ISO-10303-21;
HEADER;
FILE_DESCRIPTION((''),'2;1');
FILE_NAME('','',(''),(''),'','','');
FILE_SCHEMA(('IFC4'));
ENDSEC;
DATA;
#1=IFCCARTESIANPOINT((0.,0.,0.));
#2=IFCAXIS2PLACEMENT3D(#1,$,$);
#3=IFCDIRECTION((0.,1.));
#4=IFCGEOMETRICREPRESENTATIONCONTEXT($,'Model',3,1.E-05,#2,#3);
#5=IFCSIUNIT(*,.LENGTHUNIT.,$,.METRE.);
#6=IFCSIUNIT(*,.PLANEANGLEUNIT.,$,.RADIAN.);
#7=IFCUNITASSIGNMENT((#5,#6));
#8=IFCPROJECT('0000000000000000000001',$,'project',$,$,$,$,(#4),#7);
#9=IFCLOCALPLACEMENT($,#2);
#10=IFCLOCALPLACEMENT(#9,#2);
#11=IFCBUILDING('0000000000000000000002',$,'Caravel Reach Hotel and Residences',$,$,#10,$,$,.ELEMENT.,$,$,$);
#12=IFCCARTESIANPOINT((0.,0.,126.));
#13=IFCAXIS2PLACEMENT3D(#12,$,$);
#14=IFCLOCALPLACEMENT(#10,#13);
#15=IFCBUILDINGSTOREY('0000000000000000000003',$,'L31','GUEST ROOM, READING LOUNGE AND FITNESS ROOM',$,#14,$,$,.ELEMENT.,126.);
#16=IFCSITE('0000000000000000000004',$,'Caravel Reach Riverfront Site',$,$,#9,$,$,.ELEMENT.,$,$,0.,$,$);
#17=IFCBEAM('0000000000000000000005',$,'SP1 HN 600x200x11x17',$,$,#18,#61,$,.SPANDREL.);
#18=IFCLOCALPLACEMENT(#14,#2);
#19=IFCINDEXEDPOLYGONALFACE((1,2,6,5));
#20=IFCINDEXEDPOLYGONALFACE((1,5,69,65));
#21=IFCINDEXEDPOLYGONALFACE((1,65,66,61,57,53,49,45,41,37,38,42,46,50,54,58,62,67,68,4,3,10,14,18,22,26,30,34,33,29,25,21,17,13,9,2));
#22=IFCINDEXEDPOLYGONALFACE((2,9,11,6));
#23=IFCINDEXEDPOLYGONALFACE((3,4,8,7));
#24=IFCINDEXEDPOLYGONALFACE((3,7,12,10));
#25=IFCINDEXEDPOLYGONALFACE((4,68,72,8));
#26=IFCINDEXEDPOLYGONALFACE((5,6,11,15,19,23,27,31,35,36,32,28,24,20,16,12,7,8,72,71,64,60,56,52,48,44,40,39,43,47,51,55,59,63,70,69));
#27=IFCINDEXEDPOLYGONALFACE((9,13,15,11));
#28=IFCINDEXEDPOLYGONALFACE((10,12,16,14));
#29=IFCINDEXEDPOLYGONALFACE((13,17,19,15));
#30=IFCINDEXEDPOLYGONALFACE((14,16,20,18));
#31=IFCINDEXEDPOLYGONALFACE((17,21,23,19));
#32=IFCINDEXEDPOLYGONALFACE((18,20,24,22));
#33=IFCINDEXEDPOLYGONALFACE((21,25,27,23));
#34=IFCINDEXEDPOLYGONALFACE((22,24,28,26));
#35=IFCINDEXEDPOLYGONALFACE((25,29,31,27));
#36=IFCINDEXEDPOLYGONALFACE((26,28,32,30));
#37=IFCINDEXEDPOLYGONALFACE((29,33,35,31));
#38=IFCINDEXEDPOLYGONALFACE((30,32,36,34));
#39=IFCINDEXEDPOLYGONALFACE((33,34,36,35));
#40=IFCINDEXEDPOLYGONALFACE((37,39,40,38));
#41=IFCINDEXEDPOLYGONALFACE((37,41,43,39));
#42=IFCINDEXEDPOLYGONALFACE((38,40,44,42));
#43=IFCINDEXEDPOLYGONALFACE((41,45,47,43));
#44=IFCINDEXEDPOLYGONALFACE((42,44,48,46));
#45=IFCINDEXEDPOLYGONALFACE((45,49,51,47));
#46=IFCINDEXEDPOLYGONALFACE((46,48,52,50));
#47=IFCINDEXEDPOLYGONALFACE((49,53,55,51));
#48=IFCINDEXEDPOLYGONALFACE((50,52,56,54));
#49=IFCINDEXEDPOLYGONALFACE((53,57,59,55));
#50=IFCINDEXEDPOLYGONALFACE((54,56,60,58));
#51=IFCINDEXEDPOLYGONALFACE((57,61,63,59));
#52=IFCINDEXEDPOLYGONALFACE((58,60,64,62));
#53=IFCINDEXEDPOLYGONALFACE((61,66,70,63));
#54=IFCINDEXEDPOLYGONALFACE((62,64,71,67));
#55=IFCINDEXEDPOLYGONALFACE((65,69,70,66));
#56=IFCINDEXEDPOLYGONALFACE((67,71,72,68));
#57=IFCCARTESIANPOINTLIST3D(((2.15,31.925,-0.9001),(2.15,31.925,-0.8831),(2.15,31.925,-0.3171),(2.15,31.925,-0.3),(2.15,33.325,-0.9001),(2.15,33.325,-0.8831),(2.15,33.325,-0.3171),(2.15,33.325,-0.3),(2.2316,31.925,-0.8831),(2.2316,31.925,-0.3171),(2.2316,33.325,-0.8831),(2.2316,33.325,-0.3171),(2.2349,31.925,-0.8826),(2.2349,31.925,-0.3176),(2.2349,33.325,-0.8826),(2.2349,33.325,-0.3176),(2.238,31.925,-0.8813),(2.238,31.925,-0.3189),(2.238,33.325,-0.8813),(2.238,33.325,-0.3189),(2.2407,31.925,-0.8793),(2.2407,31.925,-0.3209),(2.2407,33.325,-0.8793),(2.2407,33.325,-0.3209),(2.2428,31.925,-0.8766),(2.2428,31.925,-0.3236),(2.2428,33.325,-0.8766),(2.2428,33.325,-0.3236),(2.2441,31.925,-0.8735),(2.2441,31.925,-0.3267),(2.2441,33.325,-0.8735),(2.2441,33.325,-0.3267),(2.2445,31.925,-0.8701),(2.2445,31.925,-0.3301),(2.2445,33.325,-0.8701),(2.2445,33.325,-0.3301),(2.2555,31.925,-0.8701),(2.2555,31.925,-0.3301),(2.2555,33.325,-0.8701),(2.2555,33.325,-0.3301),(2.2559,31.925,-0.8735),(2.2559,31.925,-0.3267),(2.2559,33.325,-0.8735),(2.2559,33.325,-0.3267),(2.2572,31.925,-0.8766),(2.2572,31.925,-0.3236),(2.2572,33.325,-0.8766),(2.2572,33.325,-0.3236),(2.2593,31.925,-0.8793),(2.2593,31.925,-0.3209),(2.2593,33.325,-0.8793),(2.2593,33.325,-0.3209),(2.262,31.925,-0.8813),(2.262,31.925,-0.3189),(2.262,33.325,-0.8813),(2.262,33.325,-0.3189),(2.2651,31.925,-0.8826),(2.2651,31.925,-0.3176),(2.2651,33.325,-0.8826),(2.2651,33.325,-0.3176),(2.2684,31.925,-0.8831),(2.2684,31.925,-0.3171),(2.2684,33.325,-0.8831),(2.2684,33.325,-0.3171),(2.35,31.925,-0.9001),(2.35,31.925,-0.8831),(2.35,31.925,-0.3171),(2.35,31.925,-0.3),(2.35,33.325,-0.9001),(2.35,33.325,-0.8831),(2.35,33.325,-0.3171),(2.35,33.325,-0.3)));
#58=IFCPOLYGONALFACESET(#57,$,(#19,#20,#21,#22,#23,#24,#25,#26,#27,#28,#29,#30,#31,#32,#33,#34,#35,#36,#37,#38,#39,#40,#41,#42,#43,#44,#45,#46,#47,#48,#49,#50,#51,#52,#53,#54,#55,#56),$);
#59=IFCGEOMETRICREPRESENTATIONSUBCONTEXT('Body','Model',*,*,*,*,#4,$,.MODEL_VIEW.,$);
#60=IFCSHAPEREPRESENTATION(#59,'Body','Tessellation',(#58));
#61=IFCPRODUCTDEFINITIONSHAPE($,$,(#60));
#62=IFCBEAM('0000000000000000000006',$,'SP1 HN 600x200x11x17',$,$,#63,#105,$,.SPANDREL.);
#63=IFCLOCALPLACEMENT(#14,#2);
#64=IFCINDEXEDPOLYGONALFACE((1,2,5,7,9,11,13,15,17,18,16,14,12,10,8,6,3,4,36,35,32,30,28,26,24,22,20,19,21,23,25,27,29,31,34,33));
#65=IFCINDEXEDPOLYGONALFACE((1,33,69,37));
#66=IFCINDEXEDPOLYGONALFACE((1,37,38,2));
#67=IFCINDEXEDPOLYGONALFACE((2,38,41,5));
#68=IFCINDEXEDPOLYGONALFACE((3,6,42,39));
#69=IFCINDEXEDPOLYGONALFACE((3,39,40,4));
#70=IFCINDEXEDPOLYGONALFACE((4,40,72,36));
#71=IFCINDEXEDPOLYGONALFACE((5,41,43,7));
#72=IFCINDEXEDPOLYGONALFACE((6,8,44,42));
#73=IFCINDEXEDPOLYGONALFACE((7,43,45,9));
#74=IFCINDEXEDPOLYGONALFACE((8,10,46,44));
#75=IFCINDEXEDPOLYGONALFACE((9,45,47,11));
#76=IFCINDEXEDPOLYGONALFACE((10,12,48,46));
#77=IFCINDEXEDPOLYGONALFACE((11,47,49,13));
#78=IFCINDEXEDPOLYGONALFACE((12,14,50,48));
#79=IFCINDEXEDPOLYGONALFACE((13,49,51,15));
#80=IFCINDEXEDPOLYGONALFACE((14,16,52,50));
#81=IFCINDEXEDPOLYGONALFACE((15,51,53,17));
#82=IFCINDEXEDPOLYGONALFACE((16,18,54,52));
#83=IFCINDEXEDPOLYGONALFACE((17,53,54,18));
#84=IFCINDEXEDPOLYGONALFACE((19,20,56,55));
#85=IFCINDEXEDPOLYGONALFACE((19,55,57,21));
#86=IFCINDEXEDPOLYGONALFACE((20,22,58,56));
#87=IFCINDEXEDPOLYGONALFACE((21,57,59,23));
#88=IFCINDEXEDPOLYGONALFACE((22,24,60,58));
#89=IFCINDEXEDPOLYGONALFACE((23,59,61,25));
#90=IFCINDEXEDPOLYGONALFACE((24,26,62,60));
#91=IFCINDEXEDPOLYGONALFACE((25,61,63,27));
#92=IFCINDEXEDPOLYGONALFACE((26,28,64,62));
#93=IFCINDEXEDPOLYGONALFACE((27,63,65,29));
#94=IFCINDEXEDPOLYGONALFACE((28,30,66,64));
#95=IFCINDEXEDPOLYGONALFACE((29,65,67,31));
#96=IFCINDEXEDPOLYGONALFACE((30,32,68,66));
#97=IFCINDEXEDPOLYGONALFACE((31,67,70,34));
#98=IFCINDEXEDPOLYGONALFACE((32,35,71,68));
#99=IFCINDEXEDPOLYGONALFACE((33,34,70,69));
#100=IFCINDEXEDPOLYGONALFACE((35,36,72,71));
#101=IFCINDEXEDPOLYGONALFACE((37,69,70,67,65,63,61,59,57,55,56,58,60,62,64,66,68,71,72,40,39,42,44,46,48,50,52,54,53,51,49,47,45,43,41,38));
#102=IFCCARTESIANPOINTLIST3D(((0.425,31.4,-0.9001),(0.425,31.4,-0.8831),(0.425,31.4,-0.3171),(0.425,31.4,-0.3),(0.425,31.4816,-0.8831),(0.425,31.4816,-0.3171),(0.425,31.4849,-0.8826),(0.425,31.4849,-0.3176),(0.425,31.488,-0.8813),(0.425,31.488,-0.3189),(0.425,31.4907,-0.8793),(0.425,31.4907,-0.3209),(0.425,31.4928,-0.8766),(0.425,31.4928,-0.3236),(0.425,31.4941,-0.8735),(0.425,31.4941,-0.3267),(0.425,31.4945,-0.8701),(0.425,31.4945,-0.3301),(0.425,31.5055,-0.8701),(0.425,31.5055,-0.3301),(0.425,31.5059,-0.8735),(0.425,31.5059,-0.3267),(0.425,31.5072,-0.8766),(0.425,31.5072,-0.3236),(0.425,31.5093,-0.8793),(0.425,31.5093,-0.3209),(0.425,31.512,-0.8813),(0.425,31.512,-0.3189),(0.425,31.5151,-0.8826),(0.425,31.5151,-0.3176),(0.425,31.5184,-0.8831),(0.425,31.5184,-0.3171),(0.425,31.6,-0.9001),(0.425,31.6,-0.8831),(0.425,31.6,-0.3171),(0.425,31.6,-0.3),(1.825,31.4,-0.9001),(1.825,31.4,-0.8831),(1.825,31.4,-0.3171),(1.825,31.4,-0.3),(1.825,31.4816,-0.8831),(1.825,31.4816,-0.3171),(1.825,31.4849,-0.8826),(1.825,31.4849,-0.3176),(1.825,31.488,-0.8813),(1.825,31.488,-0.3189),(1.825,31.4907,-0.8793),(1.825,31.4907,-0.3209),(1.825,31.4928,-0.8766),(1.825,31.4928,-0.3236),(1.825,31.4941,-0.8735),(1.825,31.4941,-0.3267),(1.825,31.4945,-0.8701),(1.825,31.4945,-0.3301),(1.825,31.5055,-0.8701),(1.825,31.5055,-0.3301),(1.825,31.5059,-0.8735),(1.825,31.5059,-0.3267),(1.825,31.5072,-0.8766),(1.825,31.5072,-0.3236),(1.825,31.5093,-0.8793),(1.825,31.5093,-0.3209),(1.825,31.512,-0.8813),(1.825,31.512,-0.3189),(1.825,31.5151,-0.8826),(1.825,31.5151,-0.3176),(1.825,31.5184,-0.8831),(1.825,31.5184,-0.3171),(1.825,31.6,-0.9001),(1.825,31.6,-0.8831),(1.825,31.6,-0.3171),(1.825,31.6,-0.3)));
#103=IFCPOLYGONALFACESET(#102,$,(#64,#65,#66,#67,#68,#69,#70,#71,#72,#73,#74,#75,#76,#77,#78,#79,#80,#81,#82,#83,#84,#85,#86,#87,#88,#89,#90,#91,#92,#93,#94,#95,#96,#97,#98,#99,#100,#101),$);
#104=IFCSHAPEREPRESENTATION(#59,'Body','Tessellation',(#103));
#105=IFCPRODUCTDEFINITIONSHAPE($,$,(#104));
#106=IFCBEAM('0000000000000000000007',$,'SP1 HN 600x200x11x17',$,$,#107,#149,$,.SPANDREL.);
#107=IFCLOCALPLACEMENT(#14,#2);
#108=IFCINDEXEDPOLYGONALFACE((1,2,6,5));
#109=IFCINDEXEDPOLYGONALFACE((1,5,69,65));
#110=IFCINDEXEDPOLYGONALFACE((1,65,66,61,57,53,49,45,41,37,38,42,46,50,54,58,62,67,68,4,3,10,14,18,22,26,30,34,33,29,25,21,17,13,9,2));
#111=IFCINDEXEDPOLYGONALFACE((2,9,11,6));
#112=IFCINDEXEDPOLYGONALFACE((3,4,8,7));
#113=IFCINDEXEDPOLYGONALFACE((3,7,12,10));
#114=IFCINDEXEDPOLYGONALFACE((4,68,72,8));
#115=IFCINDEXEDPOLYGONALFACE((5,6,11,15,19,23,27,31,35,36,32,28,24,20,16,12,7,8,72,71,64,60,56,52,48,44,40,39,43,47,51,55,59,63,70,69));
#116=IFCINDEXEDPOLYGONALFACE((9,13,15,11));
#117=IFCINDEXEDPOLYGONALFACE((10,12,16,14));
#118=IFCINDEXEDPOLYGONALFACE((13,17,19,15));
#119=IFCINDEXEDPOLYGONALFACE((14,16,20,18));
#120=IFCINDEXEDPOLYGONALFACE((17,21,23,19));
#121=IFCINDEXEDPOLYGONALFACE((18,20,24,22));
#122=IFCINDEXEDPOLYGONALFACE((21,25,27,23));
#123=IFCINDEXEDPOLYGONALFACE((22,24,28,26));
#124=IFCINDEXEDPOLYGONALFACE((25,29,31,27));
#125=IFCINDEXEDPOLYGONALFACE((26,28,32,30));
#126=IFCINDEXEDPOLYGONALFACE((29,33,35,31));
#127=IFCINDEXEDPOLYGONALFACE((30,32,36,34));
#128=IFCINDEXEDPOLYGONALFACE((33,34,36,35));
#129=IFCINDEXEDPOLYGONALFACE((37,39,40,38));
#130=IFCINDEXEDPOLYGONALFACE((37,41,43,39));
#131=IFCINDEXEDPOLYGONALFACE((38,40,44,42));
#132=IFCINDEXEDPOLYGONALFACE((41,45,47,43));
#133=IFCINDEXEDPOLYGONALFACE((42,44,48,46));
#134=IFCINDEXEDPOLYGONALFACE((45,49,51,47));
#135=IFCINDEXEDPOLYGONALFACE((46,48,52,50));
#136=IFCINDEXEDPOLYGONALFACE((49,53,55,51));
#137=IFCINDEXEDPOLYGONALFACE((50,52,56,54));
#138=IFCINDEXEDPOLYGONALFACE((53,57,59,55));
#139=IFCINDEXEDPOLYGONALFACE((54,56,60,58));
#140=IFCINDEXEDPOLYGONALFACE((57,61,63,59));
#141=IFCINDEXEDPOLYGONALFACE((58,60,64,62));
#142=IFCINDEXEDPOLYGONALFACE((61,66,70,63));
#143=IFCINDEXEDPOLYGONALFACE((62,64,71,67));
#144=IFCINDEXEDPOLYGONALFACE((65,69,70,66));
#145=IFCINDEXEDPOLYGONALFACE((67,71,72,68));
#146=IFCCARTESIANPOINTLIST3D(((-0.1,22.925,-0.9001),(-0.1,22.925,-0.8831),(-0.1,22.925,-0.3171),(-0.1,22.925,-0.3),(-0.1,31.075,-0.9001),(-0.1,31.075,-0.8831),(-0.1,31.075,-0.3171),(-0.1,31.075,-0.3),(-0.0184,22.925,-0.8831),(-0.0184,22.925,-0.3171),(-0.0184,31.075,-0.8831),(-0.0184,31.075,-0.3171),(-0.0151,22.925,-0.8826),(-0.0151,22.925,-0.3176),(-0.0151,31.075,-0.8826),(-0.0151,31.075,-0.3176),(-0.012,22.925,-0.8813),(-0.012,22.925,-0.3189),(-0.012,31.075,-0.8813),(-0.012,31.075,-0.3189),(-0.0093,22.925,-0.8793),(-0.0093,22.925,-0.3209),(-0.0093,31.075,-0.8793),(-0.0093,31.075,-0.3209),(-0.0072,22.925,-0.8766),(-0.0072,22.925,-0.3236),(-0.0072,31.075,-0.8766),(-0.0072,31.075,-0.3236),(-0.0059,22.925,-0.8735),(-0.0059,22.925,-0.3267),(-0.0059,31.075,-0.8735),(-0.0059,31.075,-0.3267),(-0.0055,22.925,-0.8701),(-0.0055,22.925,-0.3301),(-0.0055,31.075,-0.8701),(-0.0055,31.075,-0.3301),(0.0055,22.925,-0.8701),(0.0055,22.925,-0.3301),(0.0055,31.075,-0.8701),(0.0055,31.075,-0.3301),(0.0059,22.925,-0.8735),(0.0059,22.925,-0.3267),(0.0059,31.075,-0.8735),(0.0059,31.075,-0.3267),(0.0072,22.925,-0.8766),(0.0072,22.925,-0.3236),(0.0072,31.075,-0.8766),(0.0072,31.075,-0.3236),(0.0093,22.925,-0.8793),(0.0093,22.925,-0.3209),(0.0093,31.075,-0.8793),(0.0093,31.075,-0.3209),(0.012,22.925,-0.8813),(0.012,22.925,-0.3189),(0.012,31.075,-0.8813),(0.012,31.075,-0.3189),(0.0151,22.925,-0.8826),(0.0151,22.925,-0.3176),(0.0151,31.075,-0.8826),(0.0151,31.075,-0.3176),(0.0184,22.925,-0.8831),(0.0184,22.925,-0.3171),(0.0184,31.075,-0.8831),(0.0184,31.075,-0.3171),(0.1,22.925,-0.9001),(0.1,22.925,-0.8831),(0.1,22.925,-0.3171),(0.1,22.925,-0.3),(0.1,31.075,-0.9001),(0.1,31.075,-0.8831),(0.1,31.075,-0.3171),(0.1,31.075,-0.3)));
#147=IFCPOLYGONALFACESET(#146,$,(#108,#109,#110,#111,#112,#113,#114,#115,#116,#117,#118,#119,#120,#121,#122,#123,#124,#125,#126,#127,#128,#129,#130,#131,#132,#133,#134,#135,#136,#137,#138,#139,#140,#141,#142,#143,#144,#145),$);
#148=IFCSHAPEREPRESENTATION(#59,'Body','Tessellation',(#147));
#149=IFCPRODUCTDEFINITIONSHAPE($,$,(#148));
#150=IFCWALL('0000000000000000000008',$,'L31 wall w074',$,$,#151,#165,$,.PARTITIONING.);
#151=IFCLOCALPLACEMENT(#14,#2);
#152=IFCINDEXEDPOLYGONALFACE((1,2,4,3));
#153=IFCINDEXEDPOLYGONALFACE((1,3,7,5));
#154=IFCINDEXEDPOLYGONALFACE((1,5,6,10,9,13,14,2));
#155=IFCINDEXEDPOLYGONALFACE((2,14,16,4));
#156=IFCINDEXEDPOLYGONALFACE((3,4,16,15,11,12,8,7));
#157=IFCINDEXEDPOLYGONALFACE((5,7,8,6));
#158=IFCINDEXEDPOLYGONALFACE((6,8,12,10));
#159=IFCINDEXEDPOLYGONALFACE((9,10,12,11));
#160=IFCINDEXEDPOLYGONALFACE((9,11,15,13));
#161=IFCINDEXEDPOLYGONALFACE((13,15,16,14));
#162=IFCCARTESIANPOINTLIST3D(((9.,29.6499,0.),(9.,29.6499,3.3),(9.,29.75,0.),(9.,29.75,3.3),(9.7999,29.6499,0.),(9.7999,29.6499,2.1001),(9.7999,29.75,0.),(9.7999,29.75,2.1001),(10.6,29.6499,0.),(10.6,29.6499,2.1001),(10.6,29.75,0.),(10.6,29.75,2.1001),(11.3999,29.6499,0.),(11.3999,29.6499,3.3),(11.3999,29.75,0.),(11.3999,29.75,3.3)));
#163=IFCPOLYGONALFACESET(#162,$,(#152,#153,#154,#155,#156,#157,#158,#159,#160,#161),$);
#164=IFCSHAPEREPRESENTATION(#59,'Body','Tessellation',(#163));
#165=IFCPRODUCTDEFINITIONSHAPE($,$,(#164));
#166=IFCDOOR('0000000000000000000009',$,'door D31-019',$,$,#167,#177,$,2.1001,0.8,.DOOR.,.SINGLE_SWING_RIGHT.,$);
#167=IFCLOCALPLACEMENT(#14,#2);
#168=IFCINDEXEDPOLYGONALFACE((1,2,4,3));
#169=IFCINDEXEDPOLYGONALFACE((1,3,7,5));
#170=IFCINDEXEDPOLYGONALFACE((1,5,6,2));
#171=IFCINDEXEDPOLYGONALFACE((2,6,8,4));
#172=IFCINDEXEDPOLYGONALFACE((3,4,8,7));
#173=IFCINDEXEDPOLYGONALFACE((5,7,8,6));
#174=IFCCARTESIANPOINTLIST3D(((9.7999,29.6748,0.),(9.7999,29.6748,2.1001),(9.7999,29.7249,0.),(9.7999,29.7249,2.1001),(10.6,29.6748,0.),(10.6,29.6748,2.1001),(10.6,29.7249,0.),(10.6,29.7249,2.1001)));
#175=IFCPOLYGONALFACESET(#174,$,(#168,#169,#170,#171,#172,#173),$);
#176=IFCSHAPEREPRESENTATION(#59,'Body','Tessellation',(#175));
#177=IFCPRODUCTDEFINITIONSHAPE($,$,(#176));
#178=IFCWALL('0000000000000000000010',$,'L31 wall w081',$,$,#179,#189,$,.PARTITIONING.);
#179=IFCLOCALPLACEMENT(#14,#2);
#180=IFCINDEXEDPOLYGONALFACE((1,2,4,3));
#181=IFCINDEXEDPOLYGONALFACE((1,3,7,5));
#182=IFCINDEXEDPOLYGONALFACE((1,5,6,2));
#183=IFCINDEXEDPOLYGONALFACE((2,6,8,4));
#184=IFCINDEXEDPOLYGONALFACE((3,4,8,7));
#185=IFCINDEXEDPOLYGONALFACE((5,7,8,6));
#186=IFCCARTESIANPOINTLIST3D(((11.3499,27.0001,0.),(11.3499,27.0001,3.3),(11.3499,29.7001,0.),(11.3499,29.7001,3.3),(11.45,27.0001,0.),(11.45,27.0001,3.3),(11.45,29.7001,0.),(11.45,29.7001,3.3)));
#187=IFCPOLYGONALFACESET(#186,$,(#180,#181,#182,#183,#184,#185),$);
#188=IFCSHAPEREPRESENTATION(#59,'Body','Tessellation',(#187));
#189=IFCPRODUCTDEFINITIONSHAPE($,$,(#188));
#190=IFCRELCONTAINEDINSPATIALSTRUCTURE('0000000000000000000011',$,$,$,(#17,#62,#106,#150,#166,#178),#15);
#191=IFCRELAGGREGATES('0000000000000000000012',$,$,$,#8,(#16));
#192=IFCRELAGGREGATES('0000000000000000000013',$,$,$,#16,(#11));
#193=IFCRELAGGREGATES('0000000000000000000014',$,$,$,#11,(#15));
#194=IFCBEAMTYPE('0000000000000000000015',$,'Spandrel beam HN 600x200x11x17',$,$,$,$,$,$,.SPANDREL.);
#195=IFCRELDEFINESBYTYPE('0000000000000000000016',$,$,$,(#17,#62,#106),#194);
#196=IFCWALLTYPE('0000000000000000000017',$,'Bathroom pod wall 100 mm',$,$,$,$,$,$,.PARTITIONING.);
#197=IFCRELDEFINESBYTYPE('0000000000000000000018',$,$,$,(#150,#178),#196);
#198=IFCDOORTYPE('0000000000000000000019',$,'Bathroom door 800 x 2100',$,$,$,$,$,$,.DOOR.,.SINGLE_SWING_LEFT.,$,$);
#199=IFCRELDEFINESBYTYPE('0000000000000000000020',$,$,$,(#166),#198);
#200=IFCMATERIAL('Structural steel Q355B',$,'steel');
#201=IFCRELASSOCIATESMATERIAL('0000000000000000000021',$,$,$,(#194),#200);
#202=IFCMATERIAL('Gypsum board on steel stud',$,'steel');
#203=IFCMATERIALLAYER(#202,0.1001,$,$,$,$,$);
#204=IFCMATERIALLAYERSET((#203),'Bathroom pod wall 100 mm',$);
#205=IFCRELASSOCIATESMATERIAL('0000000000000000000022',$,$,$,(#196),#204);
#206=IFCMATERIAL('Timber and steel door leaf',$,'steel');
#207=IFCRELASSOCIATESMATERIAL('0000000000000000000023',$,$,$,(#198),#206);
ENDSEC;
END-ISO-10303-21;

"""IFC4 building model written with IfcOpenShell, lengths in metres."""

from ifc_helpers import new_model, si_unit, direction, frame, frame_2d, origin, origin_2d, place, context, subcontext, project, spatial, rectangle, i_section, extrude, material, layer, layer_set, material_profile, profile_set, type_object, element, fill, save


model = new_model("IFC4")

# Units and contexts
model_context = context("Model", 3, precision=1e-05, world=origin(), true_north=direction((0.0, 1.0)))
body_context = subcontext(model_context, "Body", "Model", "MODEL_VIEW")
ifc_project = project(units=[si_unit("LENGTHUNIT", "METRE"), si_unit("PLANEANGLEUNIT", "RADIAN")], contexts=[model_context])

# Site, building, storey
site_placement = place(None, origin())
site = spatial("IfcSite", under=ifc_project, at=site_placement, Name="Caravel Reach Riverfront Site", CompositionType="ELEMENT", RefElevation=0.0)
building_placement = place(site_placement, origin())
building = spatial("IfcBuilding", under=site, at=building_placement, Name="Caravel Reach Hotel and Residences", CompositionType="ELEMENT")
storey_placement = place(building_placement, frame((0.0, 0.0, 126.0)))
storey = spatial("IfcBuildingStorey", under=building, at=storey_placement, Name="L31", Description="GUEST ROOM, READING LOUNGE AND FITNESS ROOM", CompositionType="ELEMENT", Elevation=126.0)

# Beams
ifc_material_1 = material(Name="Structural steel Q355B", Category="steel")
ifc_material_profile_1 = material_profile(ifc_material_1, i_section(OverallWidth=0.2, OverallDepth=0.6001, WebThickness=0.011, FlangeThickness=0.0171, FilletRadius=0.0129, at=origin_2d()), Name="HN 600x200x11x17")
ifc_profile_set_1 = profile_set([ifc_material_profile_1], Name="Structural steel Q355B")
beam_type = type_object("IfcBeamType", Name="Spandrel beam HN 600x200x11x17", PredefinedType="SPANDREL", material=ifc_profile_set_1)
for number, where, z_axis, x_axis, name in (
    (1, (2.25, 33.325, -0.6001), (0.0, -1.0, 0.0), (1.0, 0.0, 0.0), "SP1 HN 600x200x11x17"),
    (2, (1.825, 31.5, -0.6001), (-1.0, 0.0, 0.0), (0.0, -1.0, 0.0), "SP1 HN 600x200x11x17"),
):
    element("IfcBeam", number, at=place(storey_placement, frame(where, z_axis=z_axis, x_axis=x_axis)), inside=storey, type_object=beam_type, Name=name, PredefinedType="SPANDREL", context=body_context, shape_type="SweptSolid", body=[
        extrude(i_section(OverallWidth=0.2, OverallDepth=0.6001, WebThickness=0.011, FlangeThickness=0.0171, FilletRadius=0.0129, at=origin_2d()), origin(), (0.0, 0.0, 1.0), 1.3999),
    ])
beam_placement = place(storey_placement, frame((0.0, 31.075, -0.6001), z_axis=(0.0, -1.0, 0.0), x_axis=(1.0, 0.0, 0.0)))
element("IfcBeam", 3, at=beam_placement, inside=storey, type_object=beam_type, Name="SP1 HN 600x200x11x17", PredefinedType="SPANDREL", context=body_context, shape_type="SweptSolid", body=[
    extrude(i_section(OverallWidth=0.2, OverallDepth=0.6001, WebThickness=0.011, FlangeThickness=0.0171, FilletRadius=0.0129, at=origin_2d()), origin(), (0.0, 0.0, 1.0), 8.1499),
])

# Wall, opening, door
ifc_material_2 = material(Name="Gypsum board on steel stud", Category="steel")
ifc_layer_1 = layer(ifc_material_2, 0.1001)
ifc_layer_set_1 = layer_set([ifc_layer_1], Name="Bathroom pod wall 100 mm")
wall_type_1 = type_object("IfcWallType", Name="Bathroom pod wall 100 mm", PredefinedType="PARTITIONING", material=ifc_layer_set_1)
wall_1_placement = place(storey_placement, frame((9.0, 29.7, 0.0), z_axis=(0.0, 0.0, 1.0), x_axis=(1.0, 0.0, 0.0)))
wall_1 = element("IfcWall", 4, at=wall_1_placement, inside=storey, type_object=wall_type_1, Name="L31 wall w074", PredefinedType="PARTITIONING", context=body_context, shape_type="SweptSolid", body=[
    extrude(rectangle(XDim=2.3999, YDim=0.1001, at=frame_2d((1.2, 0.0))), origin(), (0.0, 0.0, 1.0), 3.3),
])
opening_1_placement = place(wall_1_placement, frame((0.8, 0.0, 0.0)))
opening_1 = element("IfcOpeningElement", 5, at=opening_1_placement, cuts=wall_1, PredefinedType="OPENING", context=body_context, shape_type="SweptSolid", body=[
    extrude(rectangle(XDim=0.8, YDim=2.1001, at=frame_2d((0.3999, 1.05))), frame((0.0, 0.0601, 0.0), z_axis=(0.0, -1.0, 0.0), x_axis=(1.0, 0.0, 0.0)), (0.0, 0.0, 1.0), 0.1201),
])
ifc_material_3 = material(Name="Timber and steel door leaf", Category="steel")
door_type_1 = type_object("IfcDoorType", Name="Bathroom door 800 x 2100", OperationType="SINGLE_SWING_LEFT", PredefinedType="DOOR", material=ifc_material_3)
door_1_placement = place(opening_1_placement, origin())
door_1 = element("IfcDoor", 6, at=door_1_placement, inside=storey, type_object=door_type_1, Name="door D31-019", OperationType="SINGLE_SWING_RIGHT", OverallHeight=2.1001, OverallWidth=0.8, PredefinedType="DOOR", context=body_context, shape_type="SweptSolid", body=[
    extrude(rectangle(XDim=0.8, YDim=2.1001, at=frame_2d((0.3999, 1.05))), frame((0.0, 0.0249, 0.0), z_axis=(0.0, -1.0, 0.0), x_axis=(1.0, 0.0, 0.0)), (0.0, 0.0, 1.0), 0.05),
])
fill(opening_1, door_1)

# Wall
wall_2_placement = place(storey_placement, frame((11.3999, 27.0, 0.0), z_axis=(0.0, 0.0, 1.0), x_axis=(0.0, 1.0, 0.0)))
element("IfcWall", 7, at=wall_2_placement, inside=storey, type_object=wall_type_1, Name="L31 wall w081", PredefinedType="PARTITIONING", context=body_context, shape_type="SweptSolid", body=[
    extrude(rectangle(XDim=2.7, YDim=0.1001, at=frame_2d((1.3501, 0.0))), origin(), (0.0, 0.0, 1.0), 3.3),
])

save(model, "model.ifc")
